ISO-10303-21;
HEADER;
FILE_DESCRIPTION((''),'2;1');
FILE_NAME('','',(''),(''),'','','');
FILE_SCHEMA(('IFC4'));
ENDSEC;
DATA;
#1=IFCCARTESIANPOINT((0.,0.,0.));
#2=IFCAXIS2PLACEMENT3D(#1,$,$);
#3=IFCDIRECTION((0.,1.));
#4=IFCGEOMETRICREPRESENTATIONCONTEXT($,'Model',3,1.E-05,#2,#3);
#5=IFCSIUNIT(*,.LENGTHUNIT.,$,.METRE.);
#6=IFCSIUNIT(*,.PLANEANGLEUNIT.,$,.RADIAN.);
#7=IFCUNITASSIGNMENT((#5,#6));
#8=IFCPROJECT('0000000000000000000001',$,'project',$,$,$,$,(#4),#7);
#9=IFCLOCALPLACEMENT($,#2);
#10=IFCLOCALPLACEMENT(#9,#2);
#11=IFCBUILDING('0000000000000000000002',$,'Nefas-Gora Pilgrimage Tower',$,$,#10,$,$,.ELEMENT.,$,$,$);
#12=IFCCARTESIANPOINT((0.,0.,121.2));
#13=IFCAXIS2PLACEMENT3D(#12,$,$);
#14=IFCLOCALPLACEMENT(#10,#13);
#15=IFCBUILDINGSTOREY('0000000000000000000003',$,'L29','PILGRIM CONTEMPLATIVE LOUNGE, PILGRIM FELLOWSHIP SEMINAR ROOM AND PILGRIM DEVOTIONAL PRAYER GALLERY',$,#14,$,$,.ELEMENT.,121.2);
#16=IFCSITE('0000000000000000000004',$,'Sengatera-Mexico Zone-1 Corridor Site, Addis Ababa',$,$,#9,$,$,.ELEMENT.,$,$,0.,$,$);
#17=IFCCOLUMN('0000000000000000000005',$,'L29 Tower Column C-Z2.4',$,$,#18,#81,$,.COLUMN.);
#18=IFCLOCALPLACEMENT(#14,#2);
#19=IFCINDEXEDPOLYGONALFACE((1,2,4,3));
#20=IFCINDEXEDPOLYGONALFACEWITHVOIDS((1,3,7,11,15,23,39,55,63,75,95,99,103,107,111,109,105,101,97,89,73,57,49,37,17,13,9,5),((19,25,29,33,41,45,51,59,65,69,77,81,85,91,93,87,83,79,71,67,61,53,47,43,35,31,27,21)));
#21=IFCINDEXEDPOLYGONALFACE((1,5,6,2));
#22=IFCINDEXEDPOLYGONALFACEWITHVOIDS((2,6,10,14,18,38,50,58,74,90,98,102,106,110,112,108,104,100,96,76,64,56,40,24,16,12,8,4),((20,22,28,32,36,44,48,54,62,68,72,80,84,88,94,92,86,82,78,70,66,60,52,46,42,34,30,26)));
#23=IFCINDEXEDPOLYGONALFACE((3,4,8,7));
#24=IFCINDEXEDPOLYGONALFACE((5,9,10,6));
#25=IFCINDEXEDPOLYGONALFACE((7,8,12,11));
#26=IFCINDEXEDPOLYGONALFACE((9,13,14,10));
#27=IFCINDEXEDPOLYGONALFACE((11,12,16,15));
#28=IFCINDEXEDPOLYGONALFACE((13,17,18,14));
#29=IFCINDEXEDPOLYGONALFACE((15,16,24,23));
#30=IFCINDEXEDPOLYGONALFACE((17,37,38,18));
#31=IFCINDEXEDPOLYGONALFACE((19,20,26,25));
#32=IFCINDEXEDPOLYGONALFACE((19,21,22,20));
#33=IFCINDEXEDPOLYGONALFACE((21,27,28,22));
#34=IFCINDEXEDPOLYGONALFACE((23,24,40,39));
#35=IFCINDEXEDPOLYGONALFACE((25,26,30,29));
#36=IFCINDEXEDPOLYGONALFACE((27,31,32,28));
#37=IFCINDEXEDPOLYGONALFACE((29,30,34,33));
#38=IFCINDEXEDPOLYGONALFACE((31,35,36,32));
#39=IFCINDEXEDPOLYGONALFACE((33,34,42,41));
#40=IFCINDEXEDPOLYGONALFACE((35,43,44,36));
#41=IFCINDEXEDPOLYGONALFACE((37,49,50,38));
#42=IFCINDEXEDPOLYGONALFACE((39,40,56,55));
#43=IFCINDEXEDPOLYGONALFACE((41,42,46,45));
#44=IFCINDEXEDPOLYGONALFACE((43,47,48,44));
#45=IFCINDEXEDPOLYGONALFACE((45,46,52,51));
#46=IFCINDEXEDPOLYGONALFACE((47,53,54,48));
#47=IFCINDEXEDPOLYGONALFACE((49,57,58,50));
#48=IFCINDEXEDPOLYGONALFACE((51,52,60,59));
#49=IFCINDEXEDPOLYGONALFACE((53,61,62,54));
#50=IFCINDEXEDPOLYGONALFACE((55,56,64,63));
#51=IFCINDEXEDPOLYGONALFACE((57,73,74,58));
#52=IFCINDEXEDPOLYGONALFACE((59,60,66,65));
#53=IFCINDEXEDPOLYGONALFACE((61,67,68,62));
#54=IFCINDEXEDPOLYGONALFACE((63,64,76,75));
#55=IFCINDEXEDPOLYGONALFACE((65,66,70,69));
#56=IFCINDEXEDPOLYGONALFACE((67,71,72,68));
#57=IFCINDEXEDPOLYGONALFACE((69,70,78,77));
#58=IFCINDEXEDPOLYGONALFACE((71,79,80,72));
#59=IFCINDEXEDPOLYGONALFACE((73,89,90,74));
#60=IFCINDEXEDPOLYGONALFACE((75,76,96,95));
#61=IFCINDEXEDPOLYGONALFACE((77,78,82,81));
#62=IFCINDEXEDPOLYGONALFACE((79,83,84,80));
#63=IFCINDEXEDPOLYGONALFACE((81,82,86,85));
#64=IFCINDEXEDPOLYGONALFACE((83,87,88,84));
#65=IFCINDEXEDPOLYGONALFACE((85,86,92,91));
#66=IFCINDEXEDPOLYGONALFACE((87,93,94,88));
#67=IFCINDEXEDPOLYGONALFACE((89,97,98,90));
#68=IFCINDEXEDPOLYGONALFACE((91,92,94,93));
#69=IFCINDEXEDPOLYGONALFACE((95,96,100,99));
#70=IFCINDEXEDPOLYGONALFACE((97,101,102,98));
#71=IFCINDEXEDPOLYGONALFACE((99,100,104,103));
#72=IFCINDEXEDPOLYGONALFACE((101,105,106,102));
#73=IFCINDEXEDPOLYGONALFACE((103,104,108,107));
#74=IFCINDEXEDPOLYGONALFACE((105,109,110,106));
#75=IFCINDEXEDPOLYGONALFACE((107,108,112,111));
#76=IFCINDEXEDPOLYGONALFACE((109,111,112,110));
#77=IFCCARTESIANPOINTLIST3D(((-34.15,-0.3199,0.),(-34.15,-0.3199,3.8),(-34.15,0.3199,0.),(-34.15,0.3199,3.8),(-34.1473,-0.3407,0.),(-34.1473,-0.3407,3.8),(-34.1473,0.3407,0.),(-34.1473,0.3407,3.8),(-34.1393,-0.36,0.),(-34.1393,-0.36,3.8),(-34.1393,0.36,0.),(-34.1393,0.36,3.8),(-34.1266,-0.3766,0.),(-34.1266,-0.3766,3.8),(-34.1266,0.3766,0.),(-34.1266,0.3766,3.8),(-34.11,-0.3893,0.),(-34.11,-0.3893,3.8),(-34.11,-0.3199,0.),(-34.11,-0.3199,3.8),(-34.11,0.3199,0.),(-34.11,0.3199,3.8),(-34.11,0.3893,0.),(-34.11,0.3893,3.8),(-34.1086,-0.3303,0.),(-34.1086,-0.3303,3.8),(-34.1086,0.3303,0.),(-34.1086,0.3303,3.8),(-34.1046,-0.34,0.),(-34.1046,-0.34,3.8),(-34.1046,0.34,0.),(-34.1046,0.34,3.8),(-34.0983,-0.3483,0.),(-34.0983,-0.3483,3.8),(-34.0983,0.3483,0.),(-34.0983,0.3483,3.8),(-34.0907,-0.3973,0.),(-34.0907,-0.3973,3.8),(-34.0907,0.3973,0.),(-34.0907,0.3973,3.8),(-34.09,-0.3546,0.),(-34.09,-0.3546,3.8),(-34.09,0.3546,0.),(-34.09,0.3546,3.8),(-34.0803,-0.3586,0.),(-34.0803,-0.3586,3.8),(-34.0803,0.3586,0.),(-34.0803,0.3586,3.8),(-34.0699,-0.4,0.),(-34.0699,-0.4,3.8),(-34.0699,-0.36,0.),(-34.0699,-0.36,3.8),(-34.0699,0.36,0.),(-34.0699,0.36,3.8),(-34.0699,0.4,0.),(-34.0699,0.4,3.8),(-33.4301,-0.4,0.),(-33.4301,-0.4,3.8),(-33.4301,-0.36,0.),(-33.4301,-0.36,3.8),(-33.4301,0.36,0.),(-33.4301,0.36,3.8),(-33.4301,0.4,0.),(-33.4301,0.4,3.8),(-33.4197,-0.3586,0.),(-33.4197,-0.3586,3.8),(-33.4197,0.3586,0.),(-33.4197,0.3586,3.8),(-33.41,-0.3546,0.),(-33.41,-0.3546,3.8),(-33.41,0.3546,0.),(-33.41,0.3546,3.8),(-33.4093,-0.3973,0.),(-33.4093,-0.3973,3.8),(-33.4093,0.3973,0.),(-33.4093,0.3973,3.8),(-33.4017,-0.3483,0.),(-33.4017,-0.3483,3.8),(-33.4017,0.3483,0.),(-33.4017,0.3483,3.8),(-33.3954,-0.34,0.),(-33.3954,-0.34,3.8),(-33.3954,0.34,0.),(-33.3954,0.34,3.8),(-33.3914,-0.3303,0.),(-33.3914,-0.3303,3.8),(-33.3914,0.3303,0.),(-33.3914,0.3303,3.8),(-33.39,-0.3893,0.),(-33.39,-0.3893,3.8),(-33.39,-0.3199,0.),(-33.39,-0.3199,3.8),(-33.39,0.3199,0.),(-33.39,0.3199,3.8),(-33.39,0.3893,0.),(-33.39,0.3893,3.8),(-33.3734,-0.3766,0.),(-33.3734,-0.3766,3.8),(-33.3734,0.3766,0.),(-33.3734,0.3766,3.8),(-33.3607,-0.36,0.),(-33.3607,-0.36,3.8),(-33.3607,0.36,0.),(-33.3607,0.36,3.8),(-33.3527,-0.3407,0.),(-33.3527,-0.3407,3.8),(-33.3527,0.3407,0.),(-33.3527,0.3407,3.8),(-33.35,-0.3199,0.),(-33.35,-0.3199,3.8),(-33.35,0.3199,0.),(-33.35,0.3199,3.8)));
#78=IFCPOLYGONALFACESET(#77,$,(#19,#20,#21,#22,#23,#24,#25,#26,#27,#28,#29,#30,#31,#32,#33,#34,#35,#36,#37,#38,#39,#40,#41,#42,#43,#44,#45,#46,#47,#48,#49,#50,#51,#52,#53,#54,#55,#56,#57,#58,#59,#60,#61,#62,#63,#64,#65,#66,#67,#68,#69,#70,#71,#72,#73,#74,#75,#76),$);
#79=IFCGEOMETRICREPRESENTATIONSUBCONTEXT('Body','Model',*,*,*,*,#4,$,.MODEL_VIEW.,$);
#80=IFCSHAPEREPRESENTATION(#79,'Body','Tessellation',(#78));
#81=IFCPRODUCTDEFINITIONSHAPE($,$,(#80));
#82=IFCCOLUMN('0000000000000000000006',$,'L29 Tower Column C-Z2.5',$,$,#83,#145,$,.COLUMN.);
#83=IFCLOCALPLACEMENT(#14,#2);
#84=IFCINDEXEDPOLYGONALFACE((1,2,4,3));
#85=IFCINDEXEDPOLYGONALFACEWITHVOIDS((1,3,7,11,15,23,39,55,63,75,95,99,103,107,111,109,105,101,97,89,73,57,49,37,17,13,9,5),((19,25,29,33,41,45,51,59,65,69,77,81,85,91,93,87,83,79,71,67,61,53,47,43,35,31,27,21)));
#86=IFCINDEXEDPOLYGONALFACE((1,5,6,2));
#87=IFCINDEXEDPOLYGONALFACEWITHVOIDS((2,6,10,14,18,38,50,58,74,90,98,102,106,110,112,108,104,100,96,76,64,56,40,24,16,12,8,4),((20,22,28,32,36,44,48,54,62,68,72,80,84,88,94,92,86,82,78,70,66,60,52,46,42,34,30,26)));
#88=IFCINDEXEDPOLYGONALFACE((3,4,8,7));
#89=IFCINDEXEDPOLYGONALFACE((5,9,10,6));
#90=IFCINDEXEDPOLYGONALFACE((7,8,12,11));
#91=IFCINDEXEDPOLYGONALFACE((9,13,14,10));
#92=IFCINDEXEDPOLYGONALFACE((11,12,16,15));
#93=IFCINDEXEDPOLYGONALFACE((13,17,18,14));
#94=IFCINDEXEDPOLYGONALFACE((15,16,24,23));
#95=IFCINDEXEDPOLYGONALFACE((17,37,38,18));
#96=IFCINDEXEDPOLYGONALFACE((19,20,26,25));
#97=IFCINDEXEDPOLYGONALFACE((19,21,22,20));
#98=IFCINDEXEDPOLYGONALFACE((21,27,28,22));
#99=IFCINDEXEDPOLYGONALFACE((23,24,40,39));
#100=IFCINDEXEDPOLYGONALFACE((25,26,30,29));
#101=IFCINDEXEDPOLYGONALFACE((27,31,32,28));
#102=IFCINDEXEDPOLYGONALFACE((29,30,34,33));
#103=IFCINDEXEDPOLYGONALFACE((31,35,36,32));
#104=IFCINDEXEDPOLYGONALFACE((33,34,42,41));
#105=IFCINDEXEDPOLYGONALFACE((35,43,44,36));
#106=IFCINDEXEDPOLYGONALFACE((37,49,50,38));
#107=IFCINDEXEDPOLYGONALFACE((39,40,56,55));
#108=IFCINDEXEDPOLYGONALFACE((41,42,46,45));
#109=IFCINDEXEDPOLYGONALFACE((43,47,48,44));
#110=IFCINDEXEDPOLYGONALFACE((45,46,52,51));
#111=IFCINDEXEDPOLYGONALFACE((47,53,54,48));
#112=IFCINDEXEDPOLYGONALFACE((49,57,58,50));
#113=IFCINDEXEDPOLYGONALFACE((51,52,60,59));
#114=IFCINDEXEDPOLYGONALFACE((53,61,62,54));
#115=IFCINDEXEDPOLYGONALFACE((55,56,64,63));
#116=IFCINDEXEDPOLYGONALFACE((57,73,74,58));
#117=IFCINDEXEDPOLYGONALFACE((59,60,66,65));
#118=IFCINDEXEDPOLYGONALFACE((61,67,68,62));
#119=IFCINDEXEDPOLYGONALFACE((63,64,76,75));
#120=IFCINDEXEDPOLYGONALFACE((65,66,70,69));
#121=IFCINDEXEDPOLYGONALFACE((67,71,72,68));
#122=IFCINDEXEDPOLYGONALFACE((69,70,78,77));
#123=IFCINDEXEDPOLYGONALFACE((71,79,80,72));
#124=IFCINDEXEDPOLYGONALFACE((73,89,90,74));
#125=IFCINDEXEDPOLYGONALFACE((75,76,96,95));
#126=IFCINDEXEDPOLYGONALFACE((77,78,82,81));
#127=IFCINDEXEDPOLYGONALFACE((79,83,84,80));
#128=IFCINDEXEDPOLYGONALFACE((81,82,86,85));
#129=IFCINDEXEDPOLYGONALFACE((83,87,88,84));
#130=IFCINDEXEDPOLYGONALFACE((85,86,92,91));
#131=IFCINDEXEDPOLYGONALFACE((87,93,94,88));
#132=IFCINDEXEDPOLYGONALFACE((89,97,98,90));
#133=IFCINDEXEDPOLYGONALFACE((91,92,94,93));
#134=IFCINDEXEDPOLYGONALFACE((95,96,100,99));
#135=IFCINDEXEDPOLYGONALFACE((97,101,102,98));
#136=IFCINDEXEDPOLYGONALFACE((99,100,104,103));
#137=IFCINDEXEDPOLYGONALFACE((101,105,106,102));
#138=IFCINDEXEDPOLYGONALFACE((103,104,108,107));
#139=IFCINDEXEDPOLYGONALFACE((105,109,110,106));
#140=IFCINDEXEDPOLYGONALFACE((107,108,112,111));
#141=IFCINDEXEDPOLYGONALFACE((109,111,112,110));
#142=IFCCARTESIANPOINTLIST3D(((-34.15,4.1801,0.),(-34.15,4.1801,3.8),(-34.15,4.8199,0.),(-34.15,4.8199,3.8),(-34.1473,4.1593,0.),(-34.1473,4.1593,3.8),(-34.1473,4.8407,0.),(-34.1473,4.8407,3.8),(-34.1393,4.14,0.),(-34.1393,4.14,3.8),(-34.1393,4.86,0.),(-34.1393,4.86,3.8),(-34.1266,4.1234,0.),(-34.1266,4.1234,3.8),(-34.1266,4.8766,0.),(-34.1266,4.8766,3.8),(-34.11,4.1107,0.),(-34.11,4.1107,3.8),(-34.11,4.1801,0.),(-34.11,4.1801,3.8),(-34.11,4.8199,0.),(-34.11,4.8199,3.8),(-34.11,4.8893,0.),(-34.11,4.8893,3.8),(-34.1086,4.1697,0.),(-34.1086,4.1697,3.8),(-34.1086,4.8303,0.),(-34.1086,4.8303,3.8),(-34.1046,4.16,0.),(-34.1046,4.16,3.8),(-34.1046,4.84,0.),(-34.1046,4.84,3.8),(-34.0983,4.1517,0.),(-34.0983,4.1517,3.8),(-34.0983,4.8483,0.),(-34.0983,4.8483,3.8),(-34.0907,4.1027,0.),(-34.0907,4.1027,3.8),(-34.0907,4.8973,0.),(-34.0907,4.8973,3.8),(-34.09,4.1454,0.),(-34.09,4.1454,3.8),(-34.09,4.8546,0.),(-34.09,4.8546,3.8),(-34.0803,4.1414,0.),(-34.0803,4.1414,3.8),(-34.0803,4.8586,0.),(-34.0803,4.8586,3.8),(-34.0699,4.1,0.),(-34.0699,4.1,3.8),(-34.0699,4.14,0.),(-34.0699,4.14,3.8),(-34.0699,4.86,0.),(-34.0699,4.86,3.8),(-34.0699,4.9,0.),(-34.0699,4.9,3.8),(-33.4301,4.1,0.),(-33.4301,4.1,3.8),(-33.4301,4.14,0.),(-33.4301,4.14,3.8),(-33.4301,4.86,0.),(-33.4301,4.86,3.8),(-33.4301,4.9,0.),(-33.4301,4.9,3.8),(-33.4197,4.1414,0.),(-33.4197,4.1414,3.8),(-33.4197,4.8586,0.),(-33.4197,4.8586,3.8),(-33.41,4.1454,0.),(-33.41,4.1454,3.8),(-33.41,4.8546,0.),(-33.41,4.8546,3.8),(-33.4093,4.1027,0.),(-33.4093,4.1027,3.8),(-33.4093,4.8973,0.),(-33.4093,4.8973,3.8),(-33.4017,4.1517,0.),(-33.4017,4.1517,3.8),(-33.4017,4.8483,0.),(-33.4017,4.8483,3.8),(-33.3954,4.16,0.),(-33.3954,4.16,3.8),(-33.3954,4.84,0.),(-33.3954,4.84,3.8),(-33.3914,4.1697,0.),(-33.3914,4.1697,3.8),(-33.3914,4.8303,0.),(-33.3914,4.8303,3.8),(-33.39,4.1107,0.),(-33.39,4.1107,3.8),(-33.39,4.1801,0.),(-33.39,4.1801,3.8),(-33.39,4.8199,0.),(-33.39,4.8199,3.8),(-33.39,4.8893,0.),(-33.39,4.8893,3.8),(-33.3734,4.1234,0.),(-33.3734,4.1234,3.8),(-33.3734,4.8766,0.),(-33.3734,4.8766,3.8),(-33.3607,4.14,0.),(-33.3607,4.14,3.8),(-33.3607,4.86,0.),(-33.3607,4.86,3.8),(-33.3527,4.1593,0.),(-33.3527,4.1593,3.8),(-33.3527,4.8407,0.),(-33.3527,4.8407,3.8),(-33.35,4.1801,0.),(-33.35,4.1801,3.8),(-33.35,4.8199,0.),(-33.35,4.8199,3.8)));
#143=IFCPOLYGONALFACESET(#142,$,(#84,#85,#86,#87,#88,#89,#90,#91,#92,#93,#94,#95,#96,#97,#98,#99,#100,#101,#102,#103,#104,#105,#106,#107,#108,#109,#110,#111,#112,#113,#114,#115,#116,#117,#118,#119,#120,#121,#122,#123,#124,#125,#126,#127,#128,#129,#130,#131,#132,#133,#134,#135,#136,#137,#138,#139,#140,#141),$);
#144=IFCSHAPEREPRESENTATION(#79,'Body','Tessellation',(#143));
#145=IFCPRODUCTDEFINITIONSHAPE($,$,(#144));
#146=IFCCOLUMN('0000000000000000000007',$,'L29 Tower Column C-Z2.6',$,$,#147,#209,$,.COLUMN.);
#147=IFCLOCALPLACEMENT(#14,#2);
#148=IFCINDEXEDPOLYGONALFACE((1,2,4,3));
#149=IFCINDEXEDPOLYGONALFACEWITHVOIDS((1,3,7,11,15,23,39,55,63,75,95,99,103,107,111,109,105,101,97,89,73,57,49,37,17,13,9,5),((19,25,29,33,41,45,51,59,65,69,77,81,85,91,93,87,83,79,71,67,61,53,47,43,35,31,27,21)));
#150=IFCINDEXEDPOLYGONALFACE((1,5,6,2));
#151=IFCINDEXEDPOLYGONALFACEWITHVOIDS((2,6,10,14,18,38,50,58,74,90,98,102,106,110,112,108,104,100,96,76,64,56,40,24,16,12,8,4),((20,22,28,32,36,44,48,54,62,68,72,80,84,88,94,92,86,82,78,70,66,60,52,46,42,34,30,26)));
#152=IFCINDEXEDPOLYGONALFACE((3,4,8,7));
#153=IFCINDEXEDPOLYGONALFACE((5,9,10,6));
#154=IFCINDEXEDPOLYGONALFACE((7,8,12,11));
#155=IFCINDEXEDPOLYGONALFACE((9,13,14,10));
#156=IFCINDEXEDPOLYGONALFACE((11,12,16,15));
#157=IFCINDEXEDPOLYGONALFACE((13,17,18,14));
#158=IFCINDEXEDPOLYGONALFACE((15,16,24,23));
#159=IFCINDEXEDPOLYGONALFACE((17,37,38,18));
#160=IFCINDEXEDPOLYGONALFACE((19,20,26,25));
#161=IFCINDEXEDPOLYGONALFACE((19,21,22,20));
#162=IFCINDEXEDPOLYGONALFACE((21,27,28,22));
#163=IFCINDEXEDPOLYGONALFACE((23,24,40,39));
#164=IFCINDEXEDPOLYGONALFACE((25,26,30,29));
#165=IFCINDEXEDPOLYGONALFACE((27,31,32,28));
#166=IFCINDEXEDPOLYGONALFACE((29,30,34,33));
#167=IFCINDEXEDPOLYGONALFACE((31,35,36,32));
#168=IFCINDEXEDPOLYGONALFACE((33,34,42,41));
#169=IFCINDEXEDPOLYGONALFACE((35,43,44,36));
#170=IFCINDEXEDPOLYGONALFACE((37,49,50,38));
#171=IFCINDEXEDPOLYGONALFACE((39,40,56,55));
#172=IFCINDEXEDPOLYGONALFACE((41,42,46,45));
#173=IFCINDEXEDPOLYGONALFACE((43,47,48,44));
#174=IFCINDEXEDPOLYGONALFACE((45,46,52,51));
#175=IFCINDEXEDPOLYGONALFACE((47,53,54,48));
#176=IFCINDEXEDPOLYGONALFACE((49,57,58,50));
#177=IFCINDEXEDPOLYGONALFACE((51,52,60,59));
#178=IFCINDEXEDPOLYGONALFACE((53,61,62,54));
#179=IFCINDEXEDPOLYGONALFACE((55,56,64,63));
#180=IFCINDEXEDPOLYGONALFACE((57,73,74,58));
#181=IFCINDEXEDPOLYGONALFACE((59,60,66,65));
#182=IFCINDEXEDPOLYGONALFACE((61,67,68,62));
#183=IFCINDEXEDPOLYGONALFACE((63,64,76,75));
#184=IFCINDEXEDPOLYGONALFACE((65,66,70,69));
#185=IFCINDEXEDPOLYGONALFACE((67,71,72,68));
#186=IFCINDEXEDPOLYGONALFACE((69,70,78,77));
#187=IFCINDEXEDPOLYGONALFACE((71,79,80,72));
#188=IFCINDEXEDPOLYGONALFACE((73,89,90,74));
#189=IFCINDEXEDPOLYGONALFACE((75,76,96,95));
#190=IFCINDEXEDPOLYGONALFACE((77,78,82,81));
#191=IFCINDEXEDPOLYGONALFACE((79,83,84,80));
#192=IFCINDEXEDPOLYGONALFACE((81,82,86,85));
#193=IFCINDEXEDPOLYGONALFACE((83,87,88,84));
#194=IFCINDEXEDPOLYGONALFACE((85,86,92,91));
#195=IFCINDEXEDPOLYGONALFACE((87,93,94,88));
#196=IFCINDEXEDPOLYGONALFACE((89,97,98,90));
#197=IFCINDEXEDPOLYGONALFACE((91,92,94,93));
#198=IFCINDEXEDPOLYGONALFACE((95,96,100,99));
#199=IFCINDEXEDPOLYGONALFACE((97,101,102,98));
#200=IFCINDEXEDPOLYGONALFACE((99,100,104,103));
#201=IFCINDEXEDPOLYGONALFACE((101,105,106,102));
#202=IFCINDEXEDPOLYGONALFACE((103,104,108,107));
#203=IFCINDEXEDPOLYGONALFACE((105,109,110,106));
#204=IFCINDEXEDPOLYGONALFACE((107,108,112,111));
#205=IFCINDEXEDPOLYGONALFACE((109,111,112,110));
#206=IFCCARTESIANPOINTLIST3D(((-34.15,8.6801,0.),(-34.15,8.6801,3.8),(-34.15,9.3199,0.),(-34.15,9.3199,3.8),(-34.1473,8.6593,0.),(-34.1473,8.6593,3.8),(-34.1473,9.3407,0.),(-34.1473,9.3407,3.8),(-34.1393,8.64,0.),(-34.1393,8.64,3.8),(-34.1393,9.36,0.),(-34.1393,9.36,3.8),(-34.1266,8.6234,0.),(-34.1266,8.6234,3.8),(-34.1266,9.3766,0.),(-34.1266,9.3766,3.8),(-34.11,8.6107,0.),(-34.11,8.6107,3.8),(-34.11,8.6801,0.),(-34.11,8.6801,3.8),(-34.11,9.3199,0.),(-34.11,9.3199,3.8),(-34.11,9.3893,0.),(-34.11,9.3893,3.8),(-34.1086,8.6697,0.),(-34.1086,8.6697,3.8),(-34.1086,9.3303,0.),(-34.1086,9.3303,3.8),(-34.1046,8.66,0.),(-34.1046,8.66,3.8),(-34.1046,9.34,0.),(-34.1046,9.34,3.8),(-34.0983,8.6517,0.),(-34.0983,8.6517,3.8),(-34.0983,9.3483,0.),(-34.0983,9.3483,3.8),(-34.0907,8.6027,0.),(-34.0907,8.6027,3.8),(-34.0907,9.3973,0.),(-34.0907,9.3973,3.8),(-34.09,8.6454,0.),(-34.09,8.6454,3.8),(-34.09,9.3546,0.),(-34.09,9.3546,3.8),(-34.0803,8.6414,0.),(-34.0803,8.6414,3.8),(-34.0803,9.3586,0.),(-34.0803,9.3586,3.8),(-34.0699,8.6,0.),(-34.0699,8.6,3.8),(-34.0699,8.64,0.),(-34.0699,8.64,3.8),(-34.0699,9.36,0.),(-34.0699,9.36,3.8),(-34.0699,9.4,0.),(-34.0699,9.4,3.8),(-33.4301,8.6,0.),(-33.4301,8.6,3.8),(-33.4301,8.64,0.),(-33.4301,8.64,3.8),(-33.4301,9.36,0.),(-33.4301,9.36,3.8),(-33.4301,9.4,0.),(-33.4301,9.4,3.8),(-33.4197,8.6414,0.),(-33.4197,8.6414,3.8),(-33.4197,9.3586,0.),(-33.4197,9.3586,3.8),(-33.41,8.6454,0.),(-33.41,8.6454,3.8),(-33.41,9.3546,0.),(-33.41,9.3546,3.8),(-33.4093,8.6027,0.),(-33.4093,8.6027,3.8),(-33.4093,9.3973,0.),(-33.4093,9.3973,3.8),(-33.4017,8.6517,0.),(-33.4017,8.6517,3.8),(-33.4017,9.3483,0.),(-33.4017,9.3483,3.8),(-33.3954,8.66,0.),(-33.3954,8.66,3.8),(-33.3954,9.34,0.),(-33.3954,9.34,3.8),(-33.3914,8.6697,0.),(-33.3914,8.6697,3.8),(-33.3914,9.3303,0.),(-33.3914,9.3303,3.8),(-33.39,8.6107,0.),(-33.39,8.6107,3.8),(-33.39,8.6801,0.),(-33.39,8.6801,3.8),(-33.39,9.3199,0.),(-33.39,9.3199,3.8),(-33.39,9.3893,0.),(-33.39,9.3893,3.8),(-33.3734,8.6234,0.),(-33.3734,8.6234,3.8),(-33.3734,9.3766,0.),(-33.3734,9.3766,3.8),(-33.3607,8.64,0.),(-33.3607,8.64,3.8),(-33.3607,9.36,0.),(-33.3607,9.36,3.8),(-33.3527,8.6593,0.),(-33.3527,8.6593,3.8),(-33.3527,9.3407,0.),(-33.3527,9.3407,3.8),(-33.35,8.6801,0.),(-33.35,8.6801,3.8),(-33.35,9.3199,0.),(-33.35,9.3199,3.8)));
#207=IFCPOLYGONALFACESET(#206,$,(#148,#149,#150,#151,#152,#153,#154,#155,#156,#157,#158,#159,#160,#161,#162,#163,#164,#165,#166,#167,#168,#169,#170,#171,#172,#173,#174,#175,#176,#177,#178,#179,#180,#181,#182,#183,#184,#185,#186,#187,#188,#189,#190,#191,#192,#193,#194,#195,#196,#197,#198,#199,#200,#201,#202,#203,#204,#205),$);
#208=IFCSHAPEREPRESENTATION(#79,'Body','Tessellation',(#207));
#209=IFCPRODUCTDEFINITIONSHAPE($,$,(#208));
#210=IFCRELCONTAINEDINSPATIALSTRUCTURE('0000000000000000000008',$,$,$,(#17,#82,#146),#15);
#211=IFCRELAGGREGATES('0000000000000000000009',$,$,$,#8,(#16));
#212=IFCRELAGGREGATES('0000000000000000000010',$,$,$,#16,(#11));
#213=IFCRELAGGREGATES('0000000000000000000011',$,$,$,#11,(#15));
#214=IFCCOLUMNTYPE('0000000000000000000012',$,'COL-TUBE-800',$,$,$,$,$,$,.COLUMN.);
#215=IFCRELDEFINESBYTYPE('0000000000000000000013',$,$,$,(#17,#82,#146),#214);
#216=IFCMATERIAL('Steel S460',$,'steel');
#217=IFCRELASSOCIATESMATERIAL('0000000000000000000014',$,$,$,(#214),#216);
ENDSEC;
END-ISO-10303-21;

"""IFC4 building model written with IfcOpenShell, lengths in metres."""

from ifc_helpers import new_model, si_unit, direction, frame, origin, origin_2d, place, context, subcontext, project, spatial, hollow_rectangle, extrude, source, transform, mapped, material, material_profile, profile_set, type_object, element, save


model = new_model("IFC4")

# Units and contexts
model_context = context("Model", 3, precision=1e-05, world=origin(), true_north=direction((0.0, 1.0)))
body_context = subcontext(model_context, "Body", "Model", "MODEL_VIEW")
ifc_project = project(units=[si_unit("LENGTHUNIT", "METRE"), si_unit("PLANEANGLEUNIT", "RADIAN")], contexts=[model_context])

# Site, building, storey
site_placement = place(None, origin())
site = spatial("IfcSite", under=ifc_project, at=site_placement, Name="Sengatera-Mexico Zone-1 Corridor Site, Addis Ababa", CompositionType="ELEMENT", RefElevation=0.0)
building_placement = place(site_placement, origin())
building = spatial("IfcBuilding", under=site, at=building_placement, Name="Nefas-Gora Pilgrimage Tower", CompositionType="ELEMENT")
storey_placement = place(building_placement, frame((0.0, 0.0, 121.2)))
storey = spatial("IfcBuildingStorey", under=building, at=storey_placement, Name="L29", Description="PILGRIM CONTEMPLATIVE LOUNGE, PILGRIM FELLOWSHIP SEMINAR ROOM AND PILGRIM DEVOTIONAL PRAYER GALLERY", CompositionType="ELEMENT", Elevation=121.2)

# Columns
ifc_material_1 = material(Name="Steel S460", Category="steel")
ifc_material_profile_1 = material_profile(ifc_material_1, hollow_rectangle(XDim=0.8, YDim=0.8, WallThickness=0.04, InnerFilletRadius=0.04, OuterFilletRadius=0.0801, at=origin_2d()), Name="BOX 800x800x40")
ifc_profile_set_1 = profile_set([ifc_material_profile_1], Name="Steel S460")
column_type_1 = type_object("IfcColumnType", Name="COL-TUBE-800", PredefinedType="COLUMN", material=ifc_profile_set_1)
shared_shape_1 = source(origin(), body_context, "Body", "SweptSolid", [
    extrude(hollow_rectangle(XDim=0.8, YDim=0.8, WallThickness=0.04, InnerFilletRadius=0.04, OuterFilletRadius=0.0801, at=origin_2d()), origin(), (0.0, 0.0, 1.0), 3.8),
])
for number, where, z_axis, x_axis, name in (
    (1, (-33.75, 0.0, 0.0), (0.0, 0.0, 1.0), (1.0, 0.0, 0.0), "L29 Tower Column C-Z2.4"),
    (2, (-33.75, 4.5, 0.0), (0.0, 0.0, 1.0), (1.0, 0.0, 0.0), "L29 Tower Column C-Z2.5"),
    (3, (-33.75, 9.0, 0.0), (0.0, 0.0, 1.0), (1.0, 0.0, 0.0), "L29 Tower Column C-Z2.6"),
):
    element("IfcColumn", number, at=place(storey_placement, frame(where, z_axis=z_axis, x_axis=x_axis)), inside=storey, type_object=column_type_1, Name=name, PredefinedType="COLUMN", context=body_context, shape_type="MappedRepresentation", body=[
        mapped(shared_shape_1, transform((0.0, 0.0, 0.0), x_axis=(1.0, 0.0, 0.0), y_axis=(0.0, 1.0, 0.0), z_axis=(0.0, 0.0, 1.0), scale=1.0)),
    ])

save(model, "model.ifc")
